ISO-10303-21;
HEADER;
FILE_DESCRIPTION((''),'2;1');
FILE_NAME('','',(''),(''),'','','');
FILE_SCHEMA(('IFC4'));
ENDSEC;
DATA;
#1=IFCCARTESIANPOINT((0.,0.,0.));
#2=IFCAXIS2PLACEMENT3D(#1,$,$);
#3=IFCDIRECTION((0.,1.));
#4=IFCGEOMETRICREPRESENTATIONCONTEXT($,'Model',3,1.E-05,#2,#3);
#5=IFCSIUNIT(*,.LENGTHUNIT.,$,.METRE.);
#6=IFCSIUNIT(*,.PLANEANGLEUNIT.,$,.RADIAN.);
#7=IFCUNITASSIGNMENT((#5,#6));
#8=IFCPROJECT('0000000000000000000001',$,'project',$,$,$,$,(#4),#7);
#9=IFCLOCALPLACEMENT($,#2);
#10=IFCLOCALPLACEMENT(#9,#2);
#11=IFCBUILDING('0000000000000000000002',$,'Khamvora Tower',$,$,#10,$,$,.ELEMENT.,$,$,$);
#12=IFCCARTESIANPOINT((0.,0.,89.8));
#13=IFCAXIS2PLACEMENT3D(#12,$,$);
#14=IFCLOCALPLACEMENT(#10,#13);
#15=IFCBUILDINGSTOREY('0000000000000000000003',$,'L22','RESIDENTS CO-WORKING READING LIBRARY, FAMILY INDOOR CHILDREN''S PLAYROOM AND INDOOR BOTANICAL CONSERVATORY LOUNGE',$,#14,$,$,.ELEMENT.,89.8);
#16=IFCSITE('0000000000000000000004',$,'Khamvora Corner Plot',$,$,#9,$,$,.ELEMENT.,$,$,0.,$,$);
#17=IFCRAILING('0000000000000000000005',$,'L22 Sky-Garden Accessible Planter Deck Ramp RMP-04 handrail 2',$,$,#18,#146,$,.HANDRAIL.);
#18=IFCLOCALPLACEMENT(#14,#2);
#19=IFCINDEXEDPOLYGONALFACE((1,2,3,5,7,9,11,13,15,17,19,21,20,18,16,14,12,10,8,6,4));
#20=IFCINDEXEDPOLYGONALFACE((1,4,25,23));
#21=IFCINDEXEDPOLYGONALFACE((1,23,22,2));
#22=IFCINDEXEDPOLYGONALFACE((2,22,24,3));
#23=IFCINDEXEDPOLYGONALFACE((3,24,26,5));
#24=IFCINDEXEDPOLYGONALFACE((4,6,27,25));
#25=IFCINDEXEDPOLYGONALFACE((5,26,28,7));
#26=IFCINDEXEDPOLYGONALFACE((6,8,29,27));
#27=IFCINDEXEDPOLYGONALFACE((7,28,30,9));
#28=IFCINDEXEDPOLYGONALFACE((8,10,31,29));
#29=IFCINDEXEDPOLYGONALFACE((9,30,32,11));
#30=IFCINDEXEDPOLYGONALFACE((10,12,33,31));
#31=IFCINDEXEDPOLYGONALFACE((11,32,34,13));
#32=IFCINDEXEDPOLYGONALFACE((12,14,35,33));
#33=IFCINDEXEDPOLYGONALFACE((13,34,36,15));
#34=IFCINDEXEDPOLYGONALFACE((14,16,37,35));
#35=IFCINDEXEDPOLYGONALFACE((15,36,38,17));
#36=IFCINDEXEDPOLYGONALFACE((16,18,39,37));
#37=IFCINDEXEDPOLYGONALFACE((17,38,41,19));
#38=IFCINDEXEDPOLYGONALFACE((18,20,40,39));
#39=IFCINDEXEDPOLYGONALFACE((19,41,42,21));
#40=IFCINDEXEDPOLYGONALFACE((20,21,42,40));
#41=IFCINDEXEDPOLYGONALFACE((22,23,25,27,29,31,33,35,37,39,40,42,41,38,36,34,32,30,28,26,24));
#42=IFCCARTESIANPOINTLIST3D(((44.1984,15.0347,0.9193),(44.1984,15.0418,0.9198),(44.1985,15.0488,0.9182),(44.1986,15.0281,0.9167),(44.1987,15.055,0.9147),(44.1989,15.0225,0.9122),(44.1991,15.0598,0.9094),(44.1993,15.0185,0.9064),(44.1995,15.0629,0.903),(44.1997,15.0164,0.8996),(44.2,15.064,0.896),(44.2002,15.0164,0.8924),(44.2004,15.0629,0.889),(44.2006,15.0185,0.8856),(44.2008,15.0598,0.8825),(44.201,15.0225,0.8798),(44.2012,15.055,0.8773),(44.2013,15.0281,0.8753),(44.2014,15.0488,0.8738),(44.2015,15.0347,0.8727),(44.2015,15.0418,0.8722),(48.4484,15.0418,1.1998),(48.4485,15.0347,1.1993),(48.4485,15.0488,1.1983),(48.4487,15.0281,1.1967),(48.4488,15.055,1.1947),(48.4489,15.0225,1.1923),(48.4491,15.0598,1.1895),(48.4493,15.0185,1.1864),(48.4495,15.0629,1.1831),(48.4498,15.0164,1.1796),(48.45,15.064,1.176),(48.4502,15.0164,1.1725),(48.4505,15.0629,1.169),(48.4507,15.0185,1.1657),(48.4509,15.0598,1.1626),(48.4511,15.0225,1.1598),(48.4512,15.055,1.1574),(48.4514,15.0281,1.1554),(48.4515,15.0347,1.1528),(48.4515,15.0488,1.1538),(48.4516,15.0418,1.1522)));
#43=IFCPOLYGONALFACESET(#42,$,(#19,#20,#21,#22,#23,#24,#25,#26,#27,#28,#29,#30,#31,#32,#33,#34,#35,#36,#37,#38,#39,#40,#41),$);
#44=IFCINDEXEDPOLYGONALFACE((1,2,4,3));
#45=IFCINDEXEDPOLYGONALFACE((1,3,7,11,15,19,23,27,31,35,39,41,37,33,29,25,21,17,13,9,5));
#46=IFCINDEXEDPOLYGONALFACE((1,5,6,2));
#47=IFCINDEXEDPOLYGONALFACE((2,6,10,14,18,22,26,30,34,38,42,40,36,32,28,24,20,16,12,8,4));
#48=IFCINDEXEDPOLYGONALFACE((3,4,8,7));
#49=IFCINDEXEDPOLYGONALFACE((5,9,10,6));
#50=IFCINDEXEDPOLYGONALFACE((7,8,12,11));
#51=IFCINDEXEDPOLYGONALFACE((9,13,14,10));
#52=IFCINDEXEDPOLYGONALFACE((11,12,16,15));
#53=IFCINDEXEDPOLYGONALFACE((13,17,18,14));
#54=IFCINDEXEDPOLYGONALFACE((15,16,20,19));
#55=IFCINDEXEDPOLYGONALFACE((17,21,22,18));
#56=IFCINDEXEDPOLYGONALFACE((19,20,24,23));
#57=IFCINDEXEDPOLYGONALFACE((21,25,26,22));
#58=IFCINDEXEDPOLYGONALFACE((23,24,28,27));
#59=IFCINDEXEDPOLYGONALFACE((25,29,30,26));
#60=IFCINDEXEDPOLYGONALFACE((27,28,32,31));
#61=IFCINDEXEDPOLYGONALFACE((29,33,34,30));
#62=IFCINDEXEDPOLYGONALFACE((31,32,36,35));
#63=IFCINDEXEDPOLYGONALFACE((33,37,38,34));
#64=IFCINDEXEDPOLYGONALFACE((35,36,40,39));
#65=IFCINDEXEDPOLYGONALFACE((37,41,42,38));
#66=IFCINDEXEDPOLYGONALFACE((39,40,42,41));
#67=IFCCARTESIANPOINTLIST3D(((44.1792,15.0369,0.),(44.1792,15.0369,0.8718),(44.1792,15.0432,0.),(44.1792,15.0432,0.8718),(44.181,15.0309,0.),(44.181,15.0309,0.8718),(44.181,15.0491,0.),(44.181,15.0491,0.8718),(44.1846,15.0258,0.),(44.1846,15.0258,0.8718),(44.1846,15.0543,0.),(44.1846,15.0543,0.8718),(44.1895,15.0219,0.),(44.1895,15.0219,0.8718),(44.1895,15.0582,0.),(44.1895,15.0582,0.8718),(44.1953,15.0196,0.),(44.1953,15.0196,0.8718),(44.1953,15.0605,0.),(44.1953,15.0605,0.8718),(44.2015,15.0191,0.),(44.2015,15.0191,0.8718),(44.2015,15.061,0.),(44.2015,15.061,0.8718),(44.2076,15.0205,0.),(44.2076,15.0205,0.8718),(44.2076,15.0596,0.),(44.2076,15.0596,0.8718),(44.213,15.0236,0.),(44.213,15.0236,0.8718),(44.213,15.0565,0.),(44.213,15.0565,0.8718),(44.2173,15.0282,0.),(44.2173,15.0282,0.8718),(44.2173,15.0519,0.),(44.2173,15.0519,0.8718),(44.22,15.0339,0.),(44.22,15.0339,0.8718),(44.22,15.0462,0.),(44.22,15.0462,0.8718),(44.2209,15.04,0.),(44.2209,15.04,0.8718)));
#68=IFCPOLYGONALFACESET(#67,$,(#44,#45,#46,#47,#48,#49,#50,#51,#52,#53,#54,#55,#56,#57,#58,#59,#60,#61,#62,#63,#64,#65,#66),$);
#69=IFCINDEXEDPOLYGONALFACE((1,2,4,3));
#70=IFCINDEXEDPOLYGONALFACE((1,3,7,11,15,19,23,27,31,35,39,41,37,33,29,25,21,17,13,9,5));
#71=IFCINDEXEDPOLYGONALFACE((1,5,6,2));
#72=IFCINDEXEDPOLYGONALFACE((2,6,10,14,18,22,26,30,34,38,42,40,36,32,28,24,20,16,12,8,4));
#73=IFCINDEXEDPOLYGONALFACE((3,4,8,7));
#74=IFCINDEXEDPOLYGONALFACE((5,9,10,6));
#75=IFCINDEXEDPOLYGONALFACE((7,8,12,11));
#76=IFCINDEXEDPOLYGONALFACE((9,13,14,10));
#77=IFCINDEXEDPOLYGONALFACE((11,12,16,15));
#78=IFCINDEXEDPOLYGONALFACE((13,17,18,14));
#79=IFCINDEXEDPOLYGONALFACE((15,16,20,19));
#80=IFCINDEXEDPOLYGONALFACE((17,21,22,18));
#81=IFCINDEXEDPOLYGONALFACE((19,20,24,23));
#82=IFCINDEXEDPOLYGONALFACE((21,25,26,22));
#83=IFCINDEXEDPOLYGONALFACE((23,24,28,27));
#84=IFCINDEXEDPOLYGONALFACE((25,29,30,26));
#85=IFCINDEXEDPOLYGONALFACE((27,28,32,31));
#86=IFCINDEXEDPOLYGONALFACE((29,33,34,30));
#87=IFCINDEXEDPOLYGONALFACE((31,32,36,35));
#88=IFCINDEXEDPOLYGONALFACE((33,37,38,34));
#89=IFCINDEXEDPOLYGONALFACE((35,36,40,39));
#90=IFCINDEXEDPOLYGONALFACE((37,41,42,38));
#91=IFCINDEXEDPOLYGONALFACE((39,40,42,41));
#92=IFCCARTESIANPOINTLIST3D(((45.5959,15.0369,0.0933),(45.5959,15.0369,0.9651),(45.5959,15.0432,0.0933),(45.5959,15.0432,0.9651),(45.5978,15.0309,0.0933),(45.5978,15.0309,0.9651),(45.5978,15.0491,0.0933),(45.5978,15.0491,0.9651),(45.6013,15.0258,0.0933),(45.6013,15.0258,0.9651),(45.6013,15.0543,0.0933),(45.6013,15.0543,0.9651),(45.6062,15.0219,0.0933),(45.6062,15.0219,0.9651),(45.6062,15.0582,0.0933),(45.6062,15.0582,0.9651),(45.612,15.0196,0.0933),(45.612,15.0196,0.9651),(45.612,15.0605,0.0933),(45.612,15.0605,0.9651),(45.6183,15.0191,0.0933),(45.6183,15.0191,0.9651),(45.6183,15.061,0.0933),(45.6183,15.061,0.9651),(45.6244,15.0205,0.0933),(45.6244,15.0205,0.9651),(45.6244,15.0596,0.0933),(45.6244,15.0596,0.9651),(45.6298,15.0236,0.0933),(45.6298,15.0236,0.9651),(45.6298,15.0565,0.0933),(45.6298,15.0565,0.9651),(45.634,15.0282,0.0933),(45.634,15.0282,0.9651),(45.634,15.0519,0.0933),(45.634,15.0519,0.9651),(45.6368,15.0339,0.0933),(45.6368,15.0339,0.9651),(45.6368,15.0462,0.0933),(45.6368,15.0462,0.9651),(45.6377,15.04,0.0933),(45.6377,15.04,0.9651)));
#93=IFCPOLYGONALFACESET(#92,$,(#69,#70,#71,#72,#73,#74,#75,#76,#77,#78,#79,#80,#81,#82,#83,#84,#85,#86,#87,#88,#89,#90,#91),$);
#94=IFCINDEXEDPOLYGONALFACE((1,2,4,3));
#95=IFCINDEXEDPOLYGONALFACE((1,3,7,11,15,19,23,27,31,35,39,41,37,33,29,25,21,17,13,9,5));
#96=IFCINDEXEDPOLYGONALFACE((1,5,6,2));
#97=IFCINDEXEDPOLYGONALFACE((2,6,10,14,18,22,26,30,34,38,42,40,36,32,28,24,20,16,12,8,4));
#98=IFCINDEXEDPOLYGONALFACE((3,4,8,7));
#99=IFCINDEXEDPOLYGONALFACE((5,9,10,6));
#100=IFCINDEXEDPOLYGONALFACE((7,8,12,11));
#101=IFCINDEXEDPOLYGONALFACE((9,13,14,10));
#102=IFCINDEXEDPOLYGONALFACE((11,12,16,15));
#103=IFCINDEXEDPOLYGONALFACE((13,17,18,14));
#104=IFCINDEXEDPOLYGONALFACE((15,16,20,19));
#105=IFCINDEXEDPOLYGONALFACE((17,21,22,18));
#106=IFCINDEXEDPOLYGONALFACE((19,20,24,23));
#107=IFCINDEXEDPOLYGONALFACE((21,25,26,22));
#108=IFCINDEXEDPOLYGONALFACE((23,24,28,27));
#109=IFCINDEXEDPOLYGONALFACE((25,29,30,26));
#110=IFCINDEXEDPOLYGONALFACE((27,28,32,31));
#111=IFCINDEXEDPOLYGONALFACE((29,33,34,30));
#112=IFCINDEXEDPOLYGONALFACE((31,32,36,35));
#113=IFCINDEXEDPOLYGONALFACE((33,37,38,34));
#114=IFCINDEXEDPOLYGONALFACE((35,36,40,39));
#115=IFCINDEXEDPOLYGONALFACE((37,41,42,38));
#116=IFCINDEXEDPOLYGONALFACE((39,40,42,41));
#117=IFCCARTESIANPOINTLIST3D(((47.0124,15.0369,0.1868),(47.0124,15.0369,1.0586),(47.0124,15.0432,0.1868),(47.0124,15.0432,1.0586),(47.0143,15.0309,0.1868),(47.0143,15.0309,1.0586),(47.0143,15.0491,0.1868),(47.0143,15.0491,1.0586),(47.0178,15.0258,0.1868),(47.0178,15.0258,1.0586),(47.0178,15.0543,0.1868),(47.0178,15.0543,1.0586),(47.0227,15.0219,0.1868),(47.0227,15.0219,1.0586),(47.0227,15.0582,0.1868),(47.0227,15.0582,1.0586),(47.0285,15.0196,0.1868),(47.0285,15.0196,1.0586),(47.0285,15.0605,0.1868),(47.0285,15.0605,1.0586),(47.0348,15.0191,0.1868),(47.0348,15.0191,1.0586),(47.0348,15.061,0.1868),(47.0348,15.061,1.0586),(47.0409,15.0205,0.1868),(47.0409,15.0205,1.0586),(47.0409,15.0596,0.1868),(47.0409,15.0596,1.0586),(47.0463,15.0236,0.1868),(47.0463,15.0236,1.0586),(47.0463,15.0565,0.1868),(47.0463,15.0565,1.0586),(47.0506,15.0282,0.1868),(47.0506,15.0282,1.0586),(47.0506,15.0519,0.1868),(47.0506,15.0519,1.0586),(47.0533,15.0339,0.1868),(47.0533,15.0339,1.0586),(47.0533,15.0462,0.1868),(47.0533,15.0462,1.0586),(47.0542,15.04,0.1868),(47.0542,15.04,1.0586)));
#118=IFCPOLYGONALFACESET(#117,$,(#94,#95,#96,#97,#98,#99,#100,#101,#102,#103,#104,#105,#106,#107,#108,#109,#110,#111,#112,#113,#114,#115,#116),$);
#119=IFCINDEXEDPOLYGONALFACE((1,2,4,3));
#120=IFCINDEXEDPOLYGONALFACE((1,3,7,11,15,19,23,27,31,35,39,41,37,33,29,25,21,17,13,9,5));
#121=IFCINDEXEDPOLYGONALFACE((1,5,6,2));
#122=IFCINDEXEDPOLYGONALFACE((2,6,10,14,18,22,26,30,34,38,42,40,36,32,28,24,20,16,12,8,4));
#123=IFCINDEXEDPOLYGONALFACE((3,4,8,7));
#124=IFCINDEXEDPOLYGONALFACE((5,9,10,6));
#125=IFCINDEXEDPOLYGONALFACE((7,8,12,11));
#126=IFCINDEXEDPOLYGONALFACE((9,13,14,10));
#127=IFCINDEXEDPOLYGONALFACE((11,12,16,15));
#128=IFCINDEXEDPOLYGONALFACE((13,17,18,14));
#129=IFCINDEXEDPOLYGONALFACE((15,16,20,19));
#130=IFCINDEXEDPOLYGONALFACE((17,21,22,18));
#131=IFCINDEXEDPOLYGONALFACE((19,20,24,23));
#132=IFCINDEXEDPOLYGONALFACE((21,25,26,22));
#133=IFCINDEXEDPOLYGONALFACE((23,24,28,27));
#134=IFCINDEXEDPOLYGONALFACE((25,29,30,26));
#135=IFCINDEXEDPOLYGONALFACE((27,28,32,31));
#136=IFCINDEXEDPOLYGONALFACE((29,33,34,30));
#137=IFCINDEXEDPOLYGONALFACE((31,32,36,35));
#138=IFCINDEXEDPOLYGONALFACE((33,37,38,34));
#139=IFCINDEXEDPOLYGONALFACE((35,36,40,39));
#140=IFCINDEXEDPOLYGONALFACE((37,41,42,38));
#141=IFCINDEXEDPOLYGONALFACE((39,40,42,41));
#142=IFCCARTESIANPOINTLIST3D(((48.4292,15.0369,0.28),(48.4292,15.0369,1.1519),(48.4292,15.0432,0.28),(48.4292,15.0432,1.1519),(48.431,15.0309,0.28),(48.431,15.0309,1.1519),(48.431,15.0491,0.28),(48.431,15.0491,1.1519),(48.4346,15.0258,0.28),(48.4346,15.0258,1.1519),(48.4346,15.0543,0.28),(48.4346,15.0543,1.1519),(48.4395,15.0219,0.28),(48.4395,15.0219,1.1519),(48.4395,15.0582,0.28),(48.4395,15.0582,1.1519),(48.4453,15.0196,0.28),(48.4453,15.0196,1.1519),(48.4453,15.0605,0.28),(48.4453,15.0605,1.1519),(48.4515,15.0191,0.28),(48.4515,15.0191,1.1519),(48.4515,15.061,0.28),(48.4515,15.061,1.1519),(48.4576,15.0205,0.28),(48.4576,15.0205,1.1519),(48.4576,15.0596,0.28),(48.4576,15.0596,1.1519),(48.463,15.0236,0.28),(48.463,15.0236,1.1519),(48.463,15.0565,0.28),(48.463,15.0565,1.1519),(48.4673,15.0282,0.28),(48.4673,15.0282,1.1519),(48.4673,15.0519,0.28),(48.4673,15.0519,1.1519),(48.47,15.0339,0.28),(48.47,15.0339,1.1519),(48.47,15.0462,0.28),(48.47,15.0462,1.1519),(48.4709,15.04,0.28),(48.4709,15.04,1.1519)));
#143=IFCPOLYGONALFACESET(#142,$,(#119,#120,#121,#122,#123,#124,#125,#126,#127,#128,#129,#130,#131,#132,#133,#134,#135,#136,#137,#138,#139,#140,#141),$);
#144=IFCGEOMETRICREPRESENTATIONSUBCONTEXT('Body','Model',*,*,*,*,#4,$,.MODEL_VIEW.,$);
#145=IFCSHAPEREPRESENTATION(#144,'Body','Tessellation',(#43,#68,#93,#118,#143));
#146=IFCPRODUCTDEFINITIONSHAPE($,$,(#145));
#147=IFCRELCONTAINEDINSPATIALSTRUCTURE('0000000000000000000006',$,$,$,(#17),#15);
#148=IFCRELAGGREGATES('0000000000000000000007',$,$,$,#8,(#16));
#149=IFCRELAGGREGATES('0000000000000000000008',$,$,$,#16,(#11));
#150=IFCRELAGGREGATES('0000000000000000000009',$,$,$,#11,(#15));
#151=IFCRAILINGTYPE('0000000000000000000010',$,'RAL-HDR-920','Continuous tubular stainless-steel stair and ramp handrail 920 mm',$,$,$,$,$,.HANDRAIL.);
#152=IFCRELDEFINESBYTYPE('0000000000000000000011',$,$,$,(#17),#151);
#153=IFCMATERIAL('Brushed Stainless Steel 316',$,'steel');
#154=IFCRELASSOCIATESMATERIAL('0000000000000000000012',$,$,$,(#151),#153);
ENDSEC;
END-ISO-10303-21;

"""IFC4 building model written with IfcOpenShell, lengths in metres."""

from ifc_helpers import new_model, si_unit, direction, frame, origin, origin_2d, place, context, subcontext, project, spatial, circle, extrude, material, type_object, element, save


model = new_model("IFC4")

# Units and contexts
model_context = context("Model", 3, precision=1e-05, world=origin(), true_north=direction((0.0, 1.0)))
body_context = subcontext(model_context, "Body", "Model", "MODEL_VIEW")
ifc_project = project(units=[si_unit("LENGTHUNIT", "METRE"), si_unit("PLANEANGLEUNIT", "RADIAN")], contexts=[model_context])

# Site, building, storey
site_placement = place(None, origin())
site = spatial("IfcSite", under=ifc_project, at=site_placement, Name="Khamvora Corner Plot", CompositionType="ELEMENT", RefElevation=0.0)
building_placement = place(site_placement, origin())
building = spatial("IfcBuilding", under=site, at=building_placement, Name="Khamvora Tower", CompositionType="ELEMENT")
storey_placement = place(building_placement, frame((0.0, 0.0, 89.8)))
storey = spatial("IfcBuildingStorey", under=building, at=storey_placement, Name="L22", Description="RESIDENTS CO-WORKING READING LIBRARY, FAMILY INDOOR CHILDREN'S PLAYROOM AND INDOOR BOTANICAL CONSERVATORY LOUNGE", CompositionType="ELEMENT", Elevation=89.8)

# Railing
ifc_material_1 = material(Name="Brushed Stainless Steel 316", Category="steel")
railing_type_1 = type_object("IfcRailingType", Name="RAL-HDR-920", Description="Continuous tubular stainless-steel stair and ramp handrail 920 mm", PredefinedType="HANDRAIL", material=ifc_material_1)
for number, where, name in (
    (1, (44.2, 15.04, 0.0), "L22 Sky-Garden Accessible Planter Deck Ramp RMP-04 handrail 2"),
):
    element("IfcRailing", number, at=place(storey_placement, frame(where)), inside=storey, type_object=railing_type_1, Name=name, PredefinedType="HANDRAIL", context=body_context, shape_type="SweptSolid", body=[
        extrude(circle(Radius=0.0239, at=origin_2d()), frame((0.0, 0.0, 0.896), z_axis=(0.997836, 0.0, 0.065747), x_axis=(0.0, 1.0, 0.0)), (0.0, 0.0, 1.0), 4.2593),
        extrude(circle(Radius=0.021, at=origin_2d()), origin(), (0.0, 0.0, 1.0), 0.8718),
        extrude(circle(Radius=0.021, at=origin_2d()), frame((1.4167, 0.0, 0.0933)), (0.0, 0.0, 1.0), 0.8718),
        extrude(circle(Radius=0.021, at=origin_2d()), frame((2.8333, 0.0, 0.1868)), (0.0, 0.0, 1.0), 0.8718),
        extrude(circle(Radius=0.021, at=origin_2d()), frame((4.25, 0.0, 0.28)), (0.0, 0.0, 1.0), 0.8718),
    ])

save(model, "model.ifc")
